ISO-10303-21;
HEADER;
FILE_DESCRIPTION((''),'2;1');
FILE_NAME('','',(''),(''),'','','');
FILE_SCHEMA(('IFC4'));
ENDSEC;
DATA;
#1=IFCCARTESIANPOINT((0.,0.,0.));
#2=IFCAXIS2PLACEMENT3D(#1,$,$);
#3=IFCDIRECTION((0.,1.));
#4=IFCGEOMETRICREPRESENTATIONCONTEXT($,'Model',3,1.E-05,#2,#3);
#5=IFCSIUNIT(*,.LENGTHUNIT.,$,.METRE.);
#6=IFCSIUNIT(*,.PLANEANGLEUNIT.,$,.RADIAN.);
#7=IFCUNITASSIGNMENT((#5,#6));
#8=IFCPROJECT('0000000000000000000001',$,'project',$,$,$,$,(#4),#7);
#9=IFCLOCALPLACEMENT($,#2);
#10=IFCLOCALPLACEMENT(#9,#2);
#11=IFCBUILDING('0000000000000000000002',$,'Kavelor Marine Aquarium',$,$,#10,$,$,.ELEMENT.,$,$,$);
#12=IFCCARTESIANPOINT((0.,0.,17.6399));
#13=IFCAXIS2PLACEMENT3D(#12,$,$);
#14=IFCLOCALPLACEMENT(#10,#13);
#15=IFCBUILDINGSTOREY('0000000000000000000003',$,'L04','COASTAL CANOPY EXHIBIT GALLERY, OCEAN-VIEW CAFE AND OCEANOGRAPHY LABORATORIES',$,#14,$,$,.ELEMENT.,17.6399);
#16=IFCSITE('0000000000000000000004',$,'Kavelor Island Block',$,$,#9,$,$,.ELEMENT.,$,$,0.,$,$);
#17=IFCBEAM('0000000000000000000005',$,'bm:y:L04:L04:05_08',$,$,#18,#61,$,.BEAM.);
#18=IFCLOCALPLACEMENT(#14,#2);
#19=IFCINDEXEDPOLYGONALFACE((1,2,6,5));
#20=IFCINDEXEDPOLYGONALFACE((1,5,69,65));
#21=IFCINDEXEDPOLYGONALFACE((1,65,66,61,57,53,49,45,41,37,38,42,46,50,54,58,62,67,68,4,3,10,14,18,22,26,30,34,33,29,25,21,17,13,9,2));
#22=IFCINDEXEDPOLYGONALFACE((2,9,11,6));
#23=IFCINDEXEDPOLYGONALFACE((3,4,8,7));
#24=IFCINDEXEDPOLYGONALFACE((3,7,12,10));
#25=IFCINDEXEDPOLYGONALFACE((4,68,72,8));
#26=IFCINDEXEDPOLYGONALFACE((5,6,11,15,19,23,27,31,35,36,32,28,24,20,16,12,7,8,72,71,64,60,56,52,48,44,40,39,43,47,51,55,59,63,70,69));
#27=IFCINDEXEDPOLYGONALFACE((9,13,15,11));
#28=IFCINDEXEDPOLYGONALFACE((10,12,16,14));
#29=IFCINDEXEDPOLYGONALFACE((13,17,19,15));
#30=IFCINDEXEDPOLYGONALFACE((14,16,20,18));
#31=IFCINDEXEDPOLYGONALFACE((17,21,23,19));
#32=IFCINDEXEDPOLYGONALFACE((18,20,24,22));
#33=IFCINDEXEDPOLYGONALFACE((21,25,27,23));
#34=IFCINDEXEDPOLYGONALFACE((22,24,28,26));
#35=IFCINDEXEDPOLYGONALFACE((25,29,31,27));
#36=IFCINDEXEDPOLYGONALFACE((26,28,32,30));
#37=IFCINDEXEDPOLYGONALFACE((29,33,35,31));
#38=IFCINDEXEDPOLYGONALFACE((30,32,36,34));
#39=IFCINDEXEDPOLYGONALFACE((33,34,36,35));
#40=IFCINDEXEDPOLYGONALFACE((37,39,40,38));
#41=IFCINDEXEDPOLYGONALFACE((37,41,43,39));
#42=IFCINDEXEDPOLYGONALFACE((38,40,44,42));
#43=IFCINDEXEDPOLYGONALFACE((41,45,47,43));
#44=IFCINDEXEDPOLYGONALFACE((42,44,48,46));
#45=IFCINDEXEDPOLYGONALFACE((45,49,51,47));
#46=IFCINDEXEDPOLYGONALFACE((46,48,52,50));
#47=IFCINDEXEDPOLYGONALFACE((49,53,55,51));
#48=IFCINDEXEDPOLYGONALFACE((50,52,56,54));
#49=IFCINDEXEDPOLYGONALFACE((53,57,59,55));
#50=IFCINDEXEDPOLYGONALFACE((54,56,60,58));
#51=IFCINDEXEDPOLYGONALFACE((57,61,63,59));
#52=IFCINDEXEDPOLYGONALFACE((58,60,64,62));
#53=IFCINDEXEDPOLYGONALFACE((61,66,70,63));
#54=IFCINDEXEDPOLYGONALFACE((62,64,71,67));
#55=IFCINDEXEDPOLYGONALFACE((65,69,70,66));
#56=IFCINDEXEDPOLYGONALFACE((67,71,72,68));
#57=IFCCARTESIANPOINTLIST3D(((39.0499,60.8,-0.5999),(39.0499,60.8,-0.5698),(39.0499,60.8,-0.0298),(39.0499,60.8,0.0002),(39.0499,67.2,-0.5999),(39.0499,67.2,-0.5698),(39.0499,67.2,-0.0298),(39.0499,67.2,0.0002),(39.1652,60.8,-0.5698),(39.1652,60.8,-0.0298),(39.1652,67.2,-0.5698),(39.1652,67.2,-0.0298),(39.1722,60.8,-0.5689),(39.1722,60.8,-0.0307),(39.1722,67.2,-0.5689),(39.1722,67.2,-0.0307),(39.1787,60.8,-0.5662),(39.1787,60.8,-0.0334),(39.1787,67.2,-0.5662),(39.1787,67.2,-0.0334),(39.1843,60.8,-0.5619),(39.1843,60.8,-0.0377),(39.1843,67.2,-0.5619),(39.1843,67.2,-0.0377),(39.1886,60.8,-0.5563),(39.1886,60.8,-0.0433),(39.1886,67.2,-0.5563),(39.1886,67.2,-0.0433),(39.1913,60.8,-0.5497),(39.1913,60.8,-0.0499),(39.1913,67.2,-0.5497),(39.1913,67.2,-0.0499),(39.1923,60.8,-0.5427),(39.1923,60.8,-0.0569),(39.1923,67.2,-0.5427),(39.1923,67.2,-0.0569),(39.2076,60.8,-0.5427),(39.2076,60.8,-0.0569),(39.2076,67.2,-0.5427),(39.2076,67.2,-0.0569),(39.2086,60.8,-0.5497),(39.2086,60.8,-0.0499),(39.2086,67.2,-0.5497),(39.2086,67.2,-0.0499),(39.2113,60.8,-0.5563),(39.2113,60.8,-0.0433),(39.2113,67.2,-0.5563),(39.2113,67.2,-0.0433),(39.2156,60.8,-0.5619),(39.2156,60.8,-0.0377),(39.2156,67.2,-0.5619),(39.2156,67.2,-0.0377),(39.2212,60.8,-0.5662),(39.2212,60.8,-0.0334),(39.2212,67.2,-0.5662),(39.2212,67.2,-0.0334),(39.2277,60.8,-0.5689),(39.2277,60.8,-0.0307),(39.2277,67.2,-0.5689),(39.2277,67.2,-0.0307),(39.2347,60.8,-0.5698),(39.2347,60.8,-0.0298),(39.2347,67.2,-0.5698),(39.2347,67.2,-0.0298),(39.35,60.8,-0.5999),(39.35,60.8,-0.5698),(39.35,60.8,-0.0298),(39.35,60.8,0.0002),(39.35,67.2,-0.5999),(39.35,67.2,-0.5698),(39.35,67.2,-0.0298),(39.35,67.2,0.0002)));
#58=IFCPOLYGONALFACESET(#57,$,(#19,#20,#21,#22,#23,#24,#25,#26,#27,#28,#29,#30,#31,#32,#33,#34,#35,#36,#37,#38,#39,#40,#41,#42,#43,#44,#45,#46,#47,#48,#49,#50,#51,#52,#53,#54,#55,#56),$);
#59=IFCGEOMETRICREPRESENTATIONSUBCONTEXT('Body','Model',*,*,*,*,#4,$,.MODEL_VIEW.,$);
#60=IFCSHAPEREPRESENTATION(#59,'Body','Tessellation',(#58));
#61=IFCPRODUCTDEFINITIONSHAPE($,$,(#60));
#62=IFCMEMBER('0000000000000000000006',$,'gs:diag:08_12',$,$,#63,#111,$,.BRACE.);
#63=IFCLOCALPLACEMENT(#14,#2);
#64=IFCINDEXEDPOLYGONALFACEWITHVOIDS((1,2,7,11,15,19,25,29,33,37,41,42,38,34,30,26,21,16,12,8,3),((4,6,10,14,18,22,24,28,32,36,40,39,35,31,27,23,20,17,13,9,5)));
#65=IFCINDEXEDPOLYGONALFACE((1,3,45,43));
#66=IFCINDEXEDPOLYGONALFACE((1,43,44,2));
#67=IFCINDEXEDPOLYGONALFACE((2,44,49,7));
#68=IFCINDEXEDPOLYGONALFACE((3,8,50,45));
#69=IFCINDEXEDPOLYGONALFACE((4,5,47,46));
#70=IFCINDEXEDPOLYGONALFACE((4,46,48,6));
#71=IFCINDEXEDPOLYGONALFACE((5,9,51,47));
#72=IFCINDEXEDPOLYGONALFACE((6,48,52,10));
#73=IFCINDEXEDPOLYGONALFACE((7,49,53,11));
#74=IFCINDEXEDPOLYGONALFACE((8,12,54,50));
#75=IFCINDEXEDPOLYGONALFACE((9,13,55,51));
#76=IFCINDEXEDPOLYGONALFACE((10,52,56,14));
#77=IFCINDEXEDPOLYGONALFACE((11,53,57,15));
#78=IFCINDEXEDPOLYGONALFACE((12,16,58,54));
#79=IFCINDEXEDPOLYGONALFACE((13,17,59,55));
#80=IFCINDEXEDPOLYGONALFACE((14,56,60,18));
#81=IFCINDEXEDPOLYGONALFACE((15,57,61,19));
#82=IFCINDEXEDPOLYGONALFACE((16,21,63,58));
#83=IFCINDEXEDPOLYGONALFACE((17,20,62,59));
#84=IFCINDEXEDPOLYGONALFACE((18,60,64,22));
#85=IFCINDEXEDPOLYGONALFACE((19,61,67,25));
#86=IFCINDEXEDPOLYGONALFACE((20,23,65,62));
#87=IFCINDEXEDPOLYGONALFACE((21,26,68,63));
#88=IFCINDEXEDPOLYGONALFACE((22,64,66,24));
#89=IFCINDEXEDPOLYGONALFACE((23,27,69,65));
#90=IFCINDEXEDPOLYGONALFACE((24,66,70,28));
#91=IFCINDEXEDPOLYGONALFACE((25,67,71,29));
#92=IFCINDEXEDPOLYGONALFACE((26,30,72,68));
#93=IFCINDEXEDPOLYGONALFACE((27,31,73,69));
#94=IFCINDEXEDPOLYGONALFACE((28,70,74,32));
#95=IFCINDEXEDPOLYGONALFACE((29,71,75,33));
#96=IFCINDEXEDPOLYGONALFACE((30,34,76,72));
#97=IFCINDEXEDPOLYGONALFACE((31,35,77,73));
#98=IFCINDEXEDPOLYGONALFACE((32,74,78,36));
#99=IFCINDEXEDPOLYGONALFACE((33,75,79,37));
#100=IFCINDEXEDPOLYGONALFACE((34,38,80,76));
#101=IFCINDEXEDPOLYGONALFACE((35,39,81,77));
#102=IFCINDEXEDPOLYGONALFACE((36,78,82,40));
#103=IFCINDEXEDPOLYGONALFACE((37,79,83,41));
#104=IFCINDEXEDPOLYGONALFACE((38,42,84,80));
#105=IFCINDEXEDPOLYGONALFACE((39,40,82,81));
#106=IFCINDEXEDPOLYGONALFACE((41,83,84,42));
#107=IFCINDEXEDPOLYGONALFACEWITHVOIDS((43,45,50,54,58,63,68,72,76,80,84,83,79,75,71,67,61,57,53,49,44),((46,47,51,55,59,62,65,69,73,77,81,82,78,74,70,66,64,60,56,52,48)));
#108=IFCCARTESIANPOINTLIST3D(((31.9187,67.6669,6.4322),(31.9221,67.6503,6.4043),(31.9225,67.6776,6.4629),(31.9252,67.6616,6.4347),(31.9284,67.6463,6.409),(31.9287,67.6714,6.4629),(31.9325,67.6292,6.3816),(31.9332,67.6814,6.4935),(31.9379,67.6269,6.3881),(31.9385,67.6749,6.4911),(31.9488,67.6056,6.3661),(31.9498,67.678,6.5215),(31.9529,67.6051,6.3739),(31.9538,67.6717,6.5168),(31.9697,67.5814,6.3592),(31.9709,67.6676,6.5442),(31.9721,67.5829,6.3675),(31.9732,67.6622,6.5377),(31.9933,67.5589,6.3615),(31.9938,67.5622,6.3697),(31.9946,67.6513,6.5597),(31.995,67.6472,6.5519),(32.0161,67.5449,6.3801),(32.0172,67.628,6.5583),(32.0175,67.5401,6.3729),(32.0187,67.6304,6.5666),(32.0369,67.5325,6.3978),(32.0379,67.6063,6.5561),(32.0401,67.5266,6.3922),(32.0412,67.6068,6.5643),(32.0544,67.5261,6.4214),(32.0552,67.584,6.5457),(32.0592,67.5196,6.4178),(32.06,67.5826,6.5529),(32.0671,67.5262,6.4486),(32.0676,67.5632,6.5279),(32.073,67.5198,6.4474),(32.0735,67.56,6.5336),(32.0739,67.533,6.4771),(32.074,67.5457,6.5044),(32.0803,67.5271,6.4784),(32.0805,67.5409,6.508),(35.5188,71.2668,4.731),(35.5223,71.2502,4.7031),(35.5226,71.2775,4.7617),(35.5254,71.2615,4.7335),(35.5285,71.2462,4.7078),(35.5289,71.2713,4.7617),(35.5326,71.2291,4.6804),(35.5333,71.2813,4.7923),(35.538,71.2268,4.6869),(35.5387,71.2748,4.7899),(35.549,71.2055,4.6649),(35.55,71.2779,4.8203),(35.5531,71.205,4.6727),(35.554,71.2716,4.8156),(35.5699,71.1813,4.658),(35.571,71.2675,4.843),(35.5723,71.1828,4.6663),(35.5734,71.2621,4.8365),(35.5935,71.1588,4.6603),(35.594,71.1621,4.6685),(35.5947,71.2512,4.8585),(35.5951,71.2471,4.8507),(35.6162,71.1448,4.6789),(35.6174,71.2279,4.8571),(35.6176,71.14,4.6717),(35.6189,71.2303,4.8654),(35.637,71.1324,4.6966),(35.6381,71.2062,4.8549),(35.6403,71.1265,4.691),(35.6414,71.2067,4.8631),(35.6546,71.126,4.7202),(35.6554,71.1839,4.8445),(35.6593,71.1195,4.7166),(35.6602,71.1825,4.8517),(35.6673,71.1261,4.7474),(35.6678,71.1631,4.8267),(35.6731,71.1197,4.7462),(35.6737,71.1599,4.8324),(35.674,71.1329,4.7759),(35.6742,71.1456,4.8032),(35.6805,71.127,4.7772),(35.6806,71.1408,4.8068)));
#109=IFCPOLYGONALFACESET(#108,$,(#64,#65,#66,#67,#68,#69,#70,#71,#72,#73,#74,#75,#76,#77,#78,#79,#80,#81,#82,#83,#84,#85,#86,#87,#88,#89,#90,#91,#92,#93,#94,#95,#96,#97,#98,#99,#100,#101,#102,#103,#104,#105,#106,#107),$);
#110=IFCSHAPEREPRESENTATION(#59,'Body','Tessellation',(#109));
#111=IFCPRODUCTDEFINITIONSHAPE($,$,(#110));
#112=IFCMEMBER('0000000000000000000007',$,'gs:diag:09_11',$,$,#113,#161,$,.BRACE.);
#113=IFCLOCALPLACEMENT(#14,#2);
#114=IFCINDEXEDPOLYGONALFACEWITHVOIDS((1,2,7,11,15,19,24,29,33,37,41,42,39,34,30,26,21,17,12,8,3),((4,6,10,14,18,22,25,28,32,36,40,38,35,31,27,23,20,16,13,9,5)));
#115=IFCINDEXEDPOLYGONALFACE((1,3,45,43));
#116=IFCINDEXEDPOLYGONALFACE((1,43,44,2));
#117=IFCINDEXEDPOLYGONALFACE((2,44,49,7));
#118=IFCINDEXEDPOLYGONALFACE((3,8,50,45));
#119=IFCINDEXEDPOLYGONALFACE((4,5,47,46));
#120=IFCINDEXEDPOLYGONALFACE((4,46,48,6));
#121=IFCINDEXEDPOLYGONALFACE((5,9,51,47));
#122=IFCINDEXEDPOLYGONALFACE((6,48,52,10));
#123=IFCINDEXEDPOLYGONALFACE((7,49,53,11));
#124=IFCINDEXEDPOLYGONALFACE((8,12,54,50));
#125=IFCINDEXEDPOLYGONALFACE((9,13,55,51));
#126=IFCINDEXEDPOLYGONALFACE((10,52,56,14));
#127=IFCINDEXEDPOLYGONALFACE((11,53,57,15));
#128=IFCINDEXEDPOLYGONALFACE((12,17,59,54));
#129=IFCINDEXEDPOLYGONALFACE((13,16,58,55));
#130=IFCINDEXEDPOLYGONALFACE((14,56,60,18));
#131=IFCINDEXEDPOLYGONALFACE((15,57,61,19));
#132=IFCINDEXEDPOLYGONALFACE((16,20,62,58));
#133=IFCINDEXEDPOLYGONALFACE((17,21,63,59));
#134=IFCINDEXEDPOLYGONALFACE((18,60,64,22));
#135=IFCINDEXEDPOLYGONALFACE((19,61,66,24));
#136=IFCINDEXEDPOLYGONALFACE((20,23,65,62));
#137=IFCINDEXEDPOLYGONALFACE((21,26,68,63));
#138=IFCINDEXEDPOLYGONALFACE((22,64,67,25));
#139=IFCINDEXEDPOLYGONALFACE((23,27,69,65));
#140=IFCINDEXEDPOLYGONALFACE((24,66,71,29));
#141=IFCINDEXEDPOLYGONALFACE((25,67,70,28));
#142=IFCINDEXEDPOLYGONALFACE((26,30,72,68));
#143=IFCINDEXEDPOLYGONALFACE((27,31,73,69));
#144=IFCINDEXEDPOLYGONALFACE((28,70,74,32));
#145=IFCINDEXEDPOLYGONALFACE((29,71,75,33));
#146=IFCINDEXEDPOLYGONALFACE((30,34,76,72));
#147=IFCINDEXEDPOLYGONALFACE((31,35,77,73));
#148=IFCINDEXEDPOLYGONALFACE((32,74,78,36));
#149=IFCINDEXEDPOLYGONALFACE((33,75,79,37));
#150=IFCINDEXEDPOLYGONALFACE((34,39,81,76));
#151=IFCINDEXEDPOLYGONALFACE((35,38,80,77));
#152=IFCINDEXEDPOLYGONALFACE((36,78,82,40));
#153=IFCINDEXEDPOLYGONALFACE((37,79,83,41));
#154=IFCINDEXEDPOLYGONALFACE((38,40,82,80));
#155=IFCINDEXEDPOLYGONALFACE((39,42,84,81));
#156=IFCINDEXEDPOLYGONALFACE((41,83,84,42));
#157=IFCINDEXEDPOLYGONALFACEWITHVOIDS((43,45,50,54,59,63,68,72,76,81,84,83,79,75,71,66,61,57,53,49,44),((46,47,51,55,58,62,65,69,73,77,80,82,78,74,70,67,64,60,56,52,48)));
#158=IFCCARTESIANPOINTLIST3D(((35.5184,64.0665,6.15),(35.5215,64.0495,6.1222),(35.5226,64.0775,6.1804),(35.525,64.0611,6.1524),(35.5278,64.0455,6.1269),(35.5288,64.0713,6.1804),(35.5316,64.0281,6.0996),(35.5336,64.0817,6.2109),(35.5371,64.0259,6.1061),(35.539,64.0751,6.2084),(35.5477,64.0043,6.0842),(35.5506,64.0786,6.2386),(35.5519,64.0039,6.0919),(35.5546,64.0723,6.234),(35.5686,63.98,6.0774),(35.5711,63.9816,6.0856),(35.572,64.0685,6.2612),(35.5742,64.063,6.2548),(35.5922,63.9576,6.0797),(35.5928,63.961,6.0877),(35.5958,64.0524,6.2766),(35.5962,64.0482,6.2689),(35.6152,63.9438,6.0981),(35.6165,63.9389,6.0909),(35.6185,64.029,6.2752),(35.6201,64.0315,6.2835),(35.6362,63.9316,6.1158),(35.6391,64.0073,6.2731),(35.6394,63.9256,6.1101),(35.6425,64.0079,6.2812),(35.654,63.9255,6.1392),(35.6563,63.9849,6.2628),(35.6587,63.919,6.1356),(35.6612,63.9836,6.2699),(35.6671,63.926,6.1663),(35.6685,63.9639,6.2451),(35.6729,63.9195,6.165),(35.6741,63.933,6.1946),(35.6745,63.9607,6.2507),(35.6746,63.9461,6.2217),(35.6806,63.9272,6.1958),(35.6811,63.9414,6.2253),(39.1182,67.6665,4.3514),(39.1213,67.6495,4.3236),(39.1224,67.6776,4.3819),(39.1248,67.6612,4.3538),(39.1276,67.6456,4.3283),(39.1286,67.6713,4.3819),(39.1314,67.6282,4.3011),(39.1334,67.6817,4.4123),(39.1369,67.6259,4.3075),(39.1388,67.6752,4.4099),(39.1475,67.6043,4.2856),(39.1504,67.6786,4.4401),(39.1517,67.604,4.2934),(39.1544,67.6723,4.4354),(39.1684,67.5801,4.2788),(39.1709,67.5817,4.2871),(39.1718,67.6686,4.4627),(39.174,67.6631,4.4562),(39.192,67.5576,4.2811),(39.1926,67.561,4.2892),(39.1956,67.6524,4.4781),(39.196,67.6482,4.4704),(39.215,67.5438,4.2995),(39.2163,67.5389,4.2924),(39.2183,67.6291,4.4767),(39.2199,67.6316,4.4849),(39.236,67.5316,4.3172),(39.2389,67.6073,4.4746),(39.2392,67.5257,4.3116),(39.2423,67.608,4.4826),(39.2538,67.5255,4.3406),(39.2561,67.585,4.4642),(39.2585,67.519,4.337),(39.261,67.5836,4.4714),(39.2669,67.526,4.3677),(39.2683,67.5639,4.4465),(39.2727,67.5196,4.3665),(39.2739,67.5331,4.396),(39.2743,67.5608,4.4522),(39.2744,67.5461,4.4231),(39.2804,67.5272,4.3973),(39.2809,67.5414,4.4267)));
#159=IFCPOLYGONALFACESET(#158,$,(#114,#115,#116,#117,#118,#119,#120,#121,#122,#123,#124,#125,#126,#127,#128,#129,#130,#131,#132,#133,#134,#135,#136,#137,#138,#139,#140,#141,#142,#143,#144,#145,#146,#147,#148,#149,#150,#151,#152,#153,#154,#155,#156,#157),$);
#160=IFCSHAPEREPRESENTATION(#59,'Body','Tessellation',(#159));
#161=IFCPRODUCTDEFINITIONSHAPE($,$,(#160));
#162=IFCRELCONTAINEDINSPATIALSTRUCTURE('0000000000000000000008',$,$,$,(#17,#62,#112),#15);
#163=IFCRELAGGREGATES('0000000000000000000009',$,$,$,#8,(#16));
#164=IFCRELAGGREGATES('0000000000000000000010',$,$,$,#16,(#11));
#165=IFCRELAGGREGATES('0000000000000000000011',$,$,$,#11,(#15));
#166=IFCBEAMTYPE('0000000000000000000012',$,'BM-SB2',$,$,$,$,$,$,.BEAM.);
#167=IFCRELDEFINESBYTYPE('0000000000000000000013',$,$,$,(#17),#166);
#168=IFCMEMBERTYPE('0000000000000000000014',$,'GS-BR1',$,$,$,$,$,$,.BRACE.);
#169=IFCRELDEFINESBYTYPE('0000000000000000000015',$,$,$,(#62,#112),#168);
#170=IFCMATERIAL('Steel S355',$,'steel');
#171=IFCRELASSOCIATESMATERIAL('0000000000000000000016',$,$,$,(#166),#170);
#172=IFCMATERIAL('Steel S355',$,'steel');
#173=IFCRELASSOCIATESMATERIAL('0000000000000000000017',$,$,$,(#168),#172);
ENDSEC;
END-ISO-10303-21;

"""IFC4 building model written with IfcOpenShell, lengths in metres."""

from ifc_helpers import new_model, si_unit, direction, frame, origin, origin_2d, place, context, subcontext, project, spatial, hollow_circle, i_section, extrude, material, material_profile, profile_set, type_object, element, save


model = new_model("IFC4")

# Units and contexts
model_context = context("Model", 3, precision=1e-05, world=origin(), true_north=direction((0.0, 1.0)))
body_context = subcontext(model_context, "Body", "Model", "MODEL_VIEW")
ifc_project = project(units=[si_unit("LENGTHUNIT", "METRE"), si_unit("PLANEANGLEUNIT", "RADIAN")], contexts=[model_context])

# Site, building, storey
site_placement = place(None, origin())
site = spatial("IfcSite", under=ifc_project, at=site_placement, Name="Kavelor Island Block", CompositionType="ELEMENT", RefElevation=0.0)
building_placement = place(site_placement, origin())
building = spatial("IfcBuilding", under=site, at=building_placement, Name="Kavelor Marine Aquarium", CompositionType="ELEMENT")
storey_placement = place(building_placement, frame((0.0, 0.0, 17.6399)))
storey = spatial("IfcBuildingStorey", under=building, at=storey_placement, Name="L04", Description="COASTAL CANOPY EXHIBIT GALLERY, OCEAN-VIEW CAFE AND OCEANOGRAPHY LABORATORIES", CompositionType="ELEMENT", Elevation=17.6399)

# Beam
ifc_material_1 = material(Name="Steel S355", Category="steel")
ifc_material_profile_1 = material_profile(ifc_material_1, i_section(OverallWidth=0.3, OverallDepth=0.6001, WebThickness=0.0154, FlangeThickness=0.03, FilletRadius=0.0271, at=origin_2d()), Name="HEB 600")
ifc_profile_set_1 = profile_set([ifc_material_profile_1], Name="Steel S355")
beam_type = type_object("IfcBeamType", Name="BM-SB2", PredefinedType="BEAM", material=ifc_profile_set_1)
beam_placement = place(storey_placement, frame((39.2, 60.8, -0.2998), z_axis=(0.0, 1.0, 0.0), x_axis=(-1.0, 0.0, 0.0)))
element("IfcBeam", 1, at=beam_placement, inside=storey, type_object=beam_type, Name="bm:y:L04:L04:05_08", PredefinedType="BEAM", context=body_context, shape_type="SweptSolid", body=[
    extrude(i_section(OverallWidth=0.3, OverallDepth=0.6001, WebThickness=0.0154, FlangeThickness=0.03, FilletRadius=0.0271, at=origin_2d()), origin(), (0.0, 0.0, 1.0), 6.3999),
])

# Members
ifc_material_2 = material(Name="Steel S355", Category="steel")
ifc_material_profile_2 = material_profile(ifc_material_2, hollow_circle(Radius=0.1096, WallThickness=0.0088, at=origin_2d()), Name="CHS 219.1x8.8")
ifc_profile_set_2 = profile_set([ifc_material_profile_2], Name="Steel S355")
member_type_1 = type_object("IfcMemberType", Name="GS-BR1", PredefinedType="BRACE", material=ifc_profile_set_2)
member_1_placement = place(storey_placement, frame((32.0, 67.6001, 6.4629), z_axis=(0.67068, 0.670634, -0.31692), x_axis=(-0.707083, 0.707131, 0.0)))
element("IfcMember", 2, at=member_1_placement, inside=storey, type_object=member_type_1, Name="gs:diag:08_12", PredefinedType="BRACE", context=body_context, shape_type="SweptSolid", body=[
    extrude(hollow_circle(Radius=0.1096, WallThickness=0.0088, at=origin_2d()), origin(), (0.0, 0.0, 1.0), 5.3679),
])
member_2_placement = place(storey_placement, frame((35.6001, 64.0, 6.1804), z_axis=(0.666702, 0.666747, -0.333102), x_axis=(-0.707131, 0.707083, 0.0)))
element("IfcMember", 3, at=member_2_placement, inside=storey, type_object=member_type_1, Name="gs:diag:09_11", PredefinedType="BRACE", context=body_context, shape_type="SweptSolid", body=[
    extrude(hollow_circle(Radius=0.1096, WallThickness=0.0088, at=origin_2d()), origin(), (0.0, 0.0, 1.0), 5.3994),
])

save(model, "model.ifc")
